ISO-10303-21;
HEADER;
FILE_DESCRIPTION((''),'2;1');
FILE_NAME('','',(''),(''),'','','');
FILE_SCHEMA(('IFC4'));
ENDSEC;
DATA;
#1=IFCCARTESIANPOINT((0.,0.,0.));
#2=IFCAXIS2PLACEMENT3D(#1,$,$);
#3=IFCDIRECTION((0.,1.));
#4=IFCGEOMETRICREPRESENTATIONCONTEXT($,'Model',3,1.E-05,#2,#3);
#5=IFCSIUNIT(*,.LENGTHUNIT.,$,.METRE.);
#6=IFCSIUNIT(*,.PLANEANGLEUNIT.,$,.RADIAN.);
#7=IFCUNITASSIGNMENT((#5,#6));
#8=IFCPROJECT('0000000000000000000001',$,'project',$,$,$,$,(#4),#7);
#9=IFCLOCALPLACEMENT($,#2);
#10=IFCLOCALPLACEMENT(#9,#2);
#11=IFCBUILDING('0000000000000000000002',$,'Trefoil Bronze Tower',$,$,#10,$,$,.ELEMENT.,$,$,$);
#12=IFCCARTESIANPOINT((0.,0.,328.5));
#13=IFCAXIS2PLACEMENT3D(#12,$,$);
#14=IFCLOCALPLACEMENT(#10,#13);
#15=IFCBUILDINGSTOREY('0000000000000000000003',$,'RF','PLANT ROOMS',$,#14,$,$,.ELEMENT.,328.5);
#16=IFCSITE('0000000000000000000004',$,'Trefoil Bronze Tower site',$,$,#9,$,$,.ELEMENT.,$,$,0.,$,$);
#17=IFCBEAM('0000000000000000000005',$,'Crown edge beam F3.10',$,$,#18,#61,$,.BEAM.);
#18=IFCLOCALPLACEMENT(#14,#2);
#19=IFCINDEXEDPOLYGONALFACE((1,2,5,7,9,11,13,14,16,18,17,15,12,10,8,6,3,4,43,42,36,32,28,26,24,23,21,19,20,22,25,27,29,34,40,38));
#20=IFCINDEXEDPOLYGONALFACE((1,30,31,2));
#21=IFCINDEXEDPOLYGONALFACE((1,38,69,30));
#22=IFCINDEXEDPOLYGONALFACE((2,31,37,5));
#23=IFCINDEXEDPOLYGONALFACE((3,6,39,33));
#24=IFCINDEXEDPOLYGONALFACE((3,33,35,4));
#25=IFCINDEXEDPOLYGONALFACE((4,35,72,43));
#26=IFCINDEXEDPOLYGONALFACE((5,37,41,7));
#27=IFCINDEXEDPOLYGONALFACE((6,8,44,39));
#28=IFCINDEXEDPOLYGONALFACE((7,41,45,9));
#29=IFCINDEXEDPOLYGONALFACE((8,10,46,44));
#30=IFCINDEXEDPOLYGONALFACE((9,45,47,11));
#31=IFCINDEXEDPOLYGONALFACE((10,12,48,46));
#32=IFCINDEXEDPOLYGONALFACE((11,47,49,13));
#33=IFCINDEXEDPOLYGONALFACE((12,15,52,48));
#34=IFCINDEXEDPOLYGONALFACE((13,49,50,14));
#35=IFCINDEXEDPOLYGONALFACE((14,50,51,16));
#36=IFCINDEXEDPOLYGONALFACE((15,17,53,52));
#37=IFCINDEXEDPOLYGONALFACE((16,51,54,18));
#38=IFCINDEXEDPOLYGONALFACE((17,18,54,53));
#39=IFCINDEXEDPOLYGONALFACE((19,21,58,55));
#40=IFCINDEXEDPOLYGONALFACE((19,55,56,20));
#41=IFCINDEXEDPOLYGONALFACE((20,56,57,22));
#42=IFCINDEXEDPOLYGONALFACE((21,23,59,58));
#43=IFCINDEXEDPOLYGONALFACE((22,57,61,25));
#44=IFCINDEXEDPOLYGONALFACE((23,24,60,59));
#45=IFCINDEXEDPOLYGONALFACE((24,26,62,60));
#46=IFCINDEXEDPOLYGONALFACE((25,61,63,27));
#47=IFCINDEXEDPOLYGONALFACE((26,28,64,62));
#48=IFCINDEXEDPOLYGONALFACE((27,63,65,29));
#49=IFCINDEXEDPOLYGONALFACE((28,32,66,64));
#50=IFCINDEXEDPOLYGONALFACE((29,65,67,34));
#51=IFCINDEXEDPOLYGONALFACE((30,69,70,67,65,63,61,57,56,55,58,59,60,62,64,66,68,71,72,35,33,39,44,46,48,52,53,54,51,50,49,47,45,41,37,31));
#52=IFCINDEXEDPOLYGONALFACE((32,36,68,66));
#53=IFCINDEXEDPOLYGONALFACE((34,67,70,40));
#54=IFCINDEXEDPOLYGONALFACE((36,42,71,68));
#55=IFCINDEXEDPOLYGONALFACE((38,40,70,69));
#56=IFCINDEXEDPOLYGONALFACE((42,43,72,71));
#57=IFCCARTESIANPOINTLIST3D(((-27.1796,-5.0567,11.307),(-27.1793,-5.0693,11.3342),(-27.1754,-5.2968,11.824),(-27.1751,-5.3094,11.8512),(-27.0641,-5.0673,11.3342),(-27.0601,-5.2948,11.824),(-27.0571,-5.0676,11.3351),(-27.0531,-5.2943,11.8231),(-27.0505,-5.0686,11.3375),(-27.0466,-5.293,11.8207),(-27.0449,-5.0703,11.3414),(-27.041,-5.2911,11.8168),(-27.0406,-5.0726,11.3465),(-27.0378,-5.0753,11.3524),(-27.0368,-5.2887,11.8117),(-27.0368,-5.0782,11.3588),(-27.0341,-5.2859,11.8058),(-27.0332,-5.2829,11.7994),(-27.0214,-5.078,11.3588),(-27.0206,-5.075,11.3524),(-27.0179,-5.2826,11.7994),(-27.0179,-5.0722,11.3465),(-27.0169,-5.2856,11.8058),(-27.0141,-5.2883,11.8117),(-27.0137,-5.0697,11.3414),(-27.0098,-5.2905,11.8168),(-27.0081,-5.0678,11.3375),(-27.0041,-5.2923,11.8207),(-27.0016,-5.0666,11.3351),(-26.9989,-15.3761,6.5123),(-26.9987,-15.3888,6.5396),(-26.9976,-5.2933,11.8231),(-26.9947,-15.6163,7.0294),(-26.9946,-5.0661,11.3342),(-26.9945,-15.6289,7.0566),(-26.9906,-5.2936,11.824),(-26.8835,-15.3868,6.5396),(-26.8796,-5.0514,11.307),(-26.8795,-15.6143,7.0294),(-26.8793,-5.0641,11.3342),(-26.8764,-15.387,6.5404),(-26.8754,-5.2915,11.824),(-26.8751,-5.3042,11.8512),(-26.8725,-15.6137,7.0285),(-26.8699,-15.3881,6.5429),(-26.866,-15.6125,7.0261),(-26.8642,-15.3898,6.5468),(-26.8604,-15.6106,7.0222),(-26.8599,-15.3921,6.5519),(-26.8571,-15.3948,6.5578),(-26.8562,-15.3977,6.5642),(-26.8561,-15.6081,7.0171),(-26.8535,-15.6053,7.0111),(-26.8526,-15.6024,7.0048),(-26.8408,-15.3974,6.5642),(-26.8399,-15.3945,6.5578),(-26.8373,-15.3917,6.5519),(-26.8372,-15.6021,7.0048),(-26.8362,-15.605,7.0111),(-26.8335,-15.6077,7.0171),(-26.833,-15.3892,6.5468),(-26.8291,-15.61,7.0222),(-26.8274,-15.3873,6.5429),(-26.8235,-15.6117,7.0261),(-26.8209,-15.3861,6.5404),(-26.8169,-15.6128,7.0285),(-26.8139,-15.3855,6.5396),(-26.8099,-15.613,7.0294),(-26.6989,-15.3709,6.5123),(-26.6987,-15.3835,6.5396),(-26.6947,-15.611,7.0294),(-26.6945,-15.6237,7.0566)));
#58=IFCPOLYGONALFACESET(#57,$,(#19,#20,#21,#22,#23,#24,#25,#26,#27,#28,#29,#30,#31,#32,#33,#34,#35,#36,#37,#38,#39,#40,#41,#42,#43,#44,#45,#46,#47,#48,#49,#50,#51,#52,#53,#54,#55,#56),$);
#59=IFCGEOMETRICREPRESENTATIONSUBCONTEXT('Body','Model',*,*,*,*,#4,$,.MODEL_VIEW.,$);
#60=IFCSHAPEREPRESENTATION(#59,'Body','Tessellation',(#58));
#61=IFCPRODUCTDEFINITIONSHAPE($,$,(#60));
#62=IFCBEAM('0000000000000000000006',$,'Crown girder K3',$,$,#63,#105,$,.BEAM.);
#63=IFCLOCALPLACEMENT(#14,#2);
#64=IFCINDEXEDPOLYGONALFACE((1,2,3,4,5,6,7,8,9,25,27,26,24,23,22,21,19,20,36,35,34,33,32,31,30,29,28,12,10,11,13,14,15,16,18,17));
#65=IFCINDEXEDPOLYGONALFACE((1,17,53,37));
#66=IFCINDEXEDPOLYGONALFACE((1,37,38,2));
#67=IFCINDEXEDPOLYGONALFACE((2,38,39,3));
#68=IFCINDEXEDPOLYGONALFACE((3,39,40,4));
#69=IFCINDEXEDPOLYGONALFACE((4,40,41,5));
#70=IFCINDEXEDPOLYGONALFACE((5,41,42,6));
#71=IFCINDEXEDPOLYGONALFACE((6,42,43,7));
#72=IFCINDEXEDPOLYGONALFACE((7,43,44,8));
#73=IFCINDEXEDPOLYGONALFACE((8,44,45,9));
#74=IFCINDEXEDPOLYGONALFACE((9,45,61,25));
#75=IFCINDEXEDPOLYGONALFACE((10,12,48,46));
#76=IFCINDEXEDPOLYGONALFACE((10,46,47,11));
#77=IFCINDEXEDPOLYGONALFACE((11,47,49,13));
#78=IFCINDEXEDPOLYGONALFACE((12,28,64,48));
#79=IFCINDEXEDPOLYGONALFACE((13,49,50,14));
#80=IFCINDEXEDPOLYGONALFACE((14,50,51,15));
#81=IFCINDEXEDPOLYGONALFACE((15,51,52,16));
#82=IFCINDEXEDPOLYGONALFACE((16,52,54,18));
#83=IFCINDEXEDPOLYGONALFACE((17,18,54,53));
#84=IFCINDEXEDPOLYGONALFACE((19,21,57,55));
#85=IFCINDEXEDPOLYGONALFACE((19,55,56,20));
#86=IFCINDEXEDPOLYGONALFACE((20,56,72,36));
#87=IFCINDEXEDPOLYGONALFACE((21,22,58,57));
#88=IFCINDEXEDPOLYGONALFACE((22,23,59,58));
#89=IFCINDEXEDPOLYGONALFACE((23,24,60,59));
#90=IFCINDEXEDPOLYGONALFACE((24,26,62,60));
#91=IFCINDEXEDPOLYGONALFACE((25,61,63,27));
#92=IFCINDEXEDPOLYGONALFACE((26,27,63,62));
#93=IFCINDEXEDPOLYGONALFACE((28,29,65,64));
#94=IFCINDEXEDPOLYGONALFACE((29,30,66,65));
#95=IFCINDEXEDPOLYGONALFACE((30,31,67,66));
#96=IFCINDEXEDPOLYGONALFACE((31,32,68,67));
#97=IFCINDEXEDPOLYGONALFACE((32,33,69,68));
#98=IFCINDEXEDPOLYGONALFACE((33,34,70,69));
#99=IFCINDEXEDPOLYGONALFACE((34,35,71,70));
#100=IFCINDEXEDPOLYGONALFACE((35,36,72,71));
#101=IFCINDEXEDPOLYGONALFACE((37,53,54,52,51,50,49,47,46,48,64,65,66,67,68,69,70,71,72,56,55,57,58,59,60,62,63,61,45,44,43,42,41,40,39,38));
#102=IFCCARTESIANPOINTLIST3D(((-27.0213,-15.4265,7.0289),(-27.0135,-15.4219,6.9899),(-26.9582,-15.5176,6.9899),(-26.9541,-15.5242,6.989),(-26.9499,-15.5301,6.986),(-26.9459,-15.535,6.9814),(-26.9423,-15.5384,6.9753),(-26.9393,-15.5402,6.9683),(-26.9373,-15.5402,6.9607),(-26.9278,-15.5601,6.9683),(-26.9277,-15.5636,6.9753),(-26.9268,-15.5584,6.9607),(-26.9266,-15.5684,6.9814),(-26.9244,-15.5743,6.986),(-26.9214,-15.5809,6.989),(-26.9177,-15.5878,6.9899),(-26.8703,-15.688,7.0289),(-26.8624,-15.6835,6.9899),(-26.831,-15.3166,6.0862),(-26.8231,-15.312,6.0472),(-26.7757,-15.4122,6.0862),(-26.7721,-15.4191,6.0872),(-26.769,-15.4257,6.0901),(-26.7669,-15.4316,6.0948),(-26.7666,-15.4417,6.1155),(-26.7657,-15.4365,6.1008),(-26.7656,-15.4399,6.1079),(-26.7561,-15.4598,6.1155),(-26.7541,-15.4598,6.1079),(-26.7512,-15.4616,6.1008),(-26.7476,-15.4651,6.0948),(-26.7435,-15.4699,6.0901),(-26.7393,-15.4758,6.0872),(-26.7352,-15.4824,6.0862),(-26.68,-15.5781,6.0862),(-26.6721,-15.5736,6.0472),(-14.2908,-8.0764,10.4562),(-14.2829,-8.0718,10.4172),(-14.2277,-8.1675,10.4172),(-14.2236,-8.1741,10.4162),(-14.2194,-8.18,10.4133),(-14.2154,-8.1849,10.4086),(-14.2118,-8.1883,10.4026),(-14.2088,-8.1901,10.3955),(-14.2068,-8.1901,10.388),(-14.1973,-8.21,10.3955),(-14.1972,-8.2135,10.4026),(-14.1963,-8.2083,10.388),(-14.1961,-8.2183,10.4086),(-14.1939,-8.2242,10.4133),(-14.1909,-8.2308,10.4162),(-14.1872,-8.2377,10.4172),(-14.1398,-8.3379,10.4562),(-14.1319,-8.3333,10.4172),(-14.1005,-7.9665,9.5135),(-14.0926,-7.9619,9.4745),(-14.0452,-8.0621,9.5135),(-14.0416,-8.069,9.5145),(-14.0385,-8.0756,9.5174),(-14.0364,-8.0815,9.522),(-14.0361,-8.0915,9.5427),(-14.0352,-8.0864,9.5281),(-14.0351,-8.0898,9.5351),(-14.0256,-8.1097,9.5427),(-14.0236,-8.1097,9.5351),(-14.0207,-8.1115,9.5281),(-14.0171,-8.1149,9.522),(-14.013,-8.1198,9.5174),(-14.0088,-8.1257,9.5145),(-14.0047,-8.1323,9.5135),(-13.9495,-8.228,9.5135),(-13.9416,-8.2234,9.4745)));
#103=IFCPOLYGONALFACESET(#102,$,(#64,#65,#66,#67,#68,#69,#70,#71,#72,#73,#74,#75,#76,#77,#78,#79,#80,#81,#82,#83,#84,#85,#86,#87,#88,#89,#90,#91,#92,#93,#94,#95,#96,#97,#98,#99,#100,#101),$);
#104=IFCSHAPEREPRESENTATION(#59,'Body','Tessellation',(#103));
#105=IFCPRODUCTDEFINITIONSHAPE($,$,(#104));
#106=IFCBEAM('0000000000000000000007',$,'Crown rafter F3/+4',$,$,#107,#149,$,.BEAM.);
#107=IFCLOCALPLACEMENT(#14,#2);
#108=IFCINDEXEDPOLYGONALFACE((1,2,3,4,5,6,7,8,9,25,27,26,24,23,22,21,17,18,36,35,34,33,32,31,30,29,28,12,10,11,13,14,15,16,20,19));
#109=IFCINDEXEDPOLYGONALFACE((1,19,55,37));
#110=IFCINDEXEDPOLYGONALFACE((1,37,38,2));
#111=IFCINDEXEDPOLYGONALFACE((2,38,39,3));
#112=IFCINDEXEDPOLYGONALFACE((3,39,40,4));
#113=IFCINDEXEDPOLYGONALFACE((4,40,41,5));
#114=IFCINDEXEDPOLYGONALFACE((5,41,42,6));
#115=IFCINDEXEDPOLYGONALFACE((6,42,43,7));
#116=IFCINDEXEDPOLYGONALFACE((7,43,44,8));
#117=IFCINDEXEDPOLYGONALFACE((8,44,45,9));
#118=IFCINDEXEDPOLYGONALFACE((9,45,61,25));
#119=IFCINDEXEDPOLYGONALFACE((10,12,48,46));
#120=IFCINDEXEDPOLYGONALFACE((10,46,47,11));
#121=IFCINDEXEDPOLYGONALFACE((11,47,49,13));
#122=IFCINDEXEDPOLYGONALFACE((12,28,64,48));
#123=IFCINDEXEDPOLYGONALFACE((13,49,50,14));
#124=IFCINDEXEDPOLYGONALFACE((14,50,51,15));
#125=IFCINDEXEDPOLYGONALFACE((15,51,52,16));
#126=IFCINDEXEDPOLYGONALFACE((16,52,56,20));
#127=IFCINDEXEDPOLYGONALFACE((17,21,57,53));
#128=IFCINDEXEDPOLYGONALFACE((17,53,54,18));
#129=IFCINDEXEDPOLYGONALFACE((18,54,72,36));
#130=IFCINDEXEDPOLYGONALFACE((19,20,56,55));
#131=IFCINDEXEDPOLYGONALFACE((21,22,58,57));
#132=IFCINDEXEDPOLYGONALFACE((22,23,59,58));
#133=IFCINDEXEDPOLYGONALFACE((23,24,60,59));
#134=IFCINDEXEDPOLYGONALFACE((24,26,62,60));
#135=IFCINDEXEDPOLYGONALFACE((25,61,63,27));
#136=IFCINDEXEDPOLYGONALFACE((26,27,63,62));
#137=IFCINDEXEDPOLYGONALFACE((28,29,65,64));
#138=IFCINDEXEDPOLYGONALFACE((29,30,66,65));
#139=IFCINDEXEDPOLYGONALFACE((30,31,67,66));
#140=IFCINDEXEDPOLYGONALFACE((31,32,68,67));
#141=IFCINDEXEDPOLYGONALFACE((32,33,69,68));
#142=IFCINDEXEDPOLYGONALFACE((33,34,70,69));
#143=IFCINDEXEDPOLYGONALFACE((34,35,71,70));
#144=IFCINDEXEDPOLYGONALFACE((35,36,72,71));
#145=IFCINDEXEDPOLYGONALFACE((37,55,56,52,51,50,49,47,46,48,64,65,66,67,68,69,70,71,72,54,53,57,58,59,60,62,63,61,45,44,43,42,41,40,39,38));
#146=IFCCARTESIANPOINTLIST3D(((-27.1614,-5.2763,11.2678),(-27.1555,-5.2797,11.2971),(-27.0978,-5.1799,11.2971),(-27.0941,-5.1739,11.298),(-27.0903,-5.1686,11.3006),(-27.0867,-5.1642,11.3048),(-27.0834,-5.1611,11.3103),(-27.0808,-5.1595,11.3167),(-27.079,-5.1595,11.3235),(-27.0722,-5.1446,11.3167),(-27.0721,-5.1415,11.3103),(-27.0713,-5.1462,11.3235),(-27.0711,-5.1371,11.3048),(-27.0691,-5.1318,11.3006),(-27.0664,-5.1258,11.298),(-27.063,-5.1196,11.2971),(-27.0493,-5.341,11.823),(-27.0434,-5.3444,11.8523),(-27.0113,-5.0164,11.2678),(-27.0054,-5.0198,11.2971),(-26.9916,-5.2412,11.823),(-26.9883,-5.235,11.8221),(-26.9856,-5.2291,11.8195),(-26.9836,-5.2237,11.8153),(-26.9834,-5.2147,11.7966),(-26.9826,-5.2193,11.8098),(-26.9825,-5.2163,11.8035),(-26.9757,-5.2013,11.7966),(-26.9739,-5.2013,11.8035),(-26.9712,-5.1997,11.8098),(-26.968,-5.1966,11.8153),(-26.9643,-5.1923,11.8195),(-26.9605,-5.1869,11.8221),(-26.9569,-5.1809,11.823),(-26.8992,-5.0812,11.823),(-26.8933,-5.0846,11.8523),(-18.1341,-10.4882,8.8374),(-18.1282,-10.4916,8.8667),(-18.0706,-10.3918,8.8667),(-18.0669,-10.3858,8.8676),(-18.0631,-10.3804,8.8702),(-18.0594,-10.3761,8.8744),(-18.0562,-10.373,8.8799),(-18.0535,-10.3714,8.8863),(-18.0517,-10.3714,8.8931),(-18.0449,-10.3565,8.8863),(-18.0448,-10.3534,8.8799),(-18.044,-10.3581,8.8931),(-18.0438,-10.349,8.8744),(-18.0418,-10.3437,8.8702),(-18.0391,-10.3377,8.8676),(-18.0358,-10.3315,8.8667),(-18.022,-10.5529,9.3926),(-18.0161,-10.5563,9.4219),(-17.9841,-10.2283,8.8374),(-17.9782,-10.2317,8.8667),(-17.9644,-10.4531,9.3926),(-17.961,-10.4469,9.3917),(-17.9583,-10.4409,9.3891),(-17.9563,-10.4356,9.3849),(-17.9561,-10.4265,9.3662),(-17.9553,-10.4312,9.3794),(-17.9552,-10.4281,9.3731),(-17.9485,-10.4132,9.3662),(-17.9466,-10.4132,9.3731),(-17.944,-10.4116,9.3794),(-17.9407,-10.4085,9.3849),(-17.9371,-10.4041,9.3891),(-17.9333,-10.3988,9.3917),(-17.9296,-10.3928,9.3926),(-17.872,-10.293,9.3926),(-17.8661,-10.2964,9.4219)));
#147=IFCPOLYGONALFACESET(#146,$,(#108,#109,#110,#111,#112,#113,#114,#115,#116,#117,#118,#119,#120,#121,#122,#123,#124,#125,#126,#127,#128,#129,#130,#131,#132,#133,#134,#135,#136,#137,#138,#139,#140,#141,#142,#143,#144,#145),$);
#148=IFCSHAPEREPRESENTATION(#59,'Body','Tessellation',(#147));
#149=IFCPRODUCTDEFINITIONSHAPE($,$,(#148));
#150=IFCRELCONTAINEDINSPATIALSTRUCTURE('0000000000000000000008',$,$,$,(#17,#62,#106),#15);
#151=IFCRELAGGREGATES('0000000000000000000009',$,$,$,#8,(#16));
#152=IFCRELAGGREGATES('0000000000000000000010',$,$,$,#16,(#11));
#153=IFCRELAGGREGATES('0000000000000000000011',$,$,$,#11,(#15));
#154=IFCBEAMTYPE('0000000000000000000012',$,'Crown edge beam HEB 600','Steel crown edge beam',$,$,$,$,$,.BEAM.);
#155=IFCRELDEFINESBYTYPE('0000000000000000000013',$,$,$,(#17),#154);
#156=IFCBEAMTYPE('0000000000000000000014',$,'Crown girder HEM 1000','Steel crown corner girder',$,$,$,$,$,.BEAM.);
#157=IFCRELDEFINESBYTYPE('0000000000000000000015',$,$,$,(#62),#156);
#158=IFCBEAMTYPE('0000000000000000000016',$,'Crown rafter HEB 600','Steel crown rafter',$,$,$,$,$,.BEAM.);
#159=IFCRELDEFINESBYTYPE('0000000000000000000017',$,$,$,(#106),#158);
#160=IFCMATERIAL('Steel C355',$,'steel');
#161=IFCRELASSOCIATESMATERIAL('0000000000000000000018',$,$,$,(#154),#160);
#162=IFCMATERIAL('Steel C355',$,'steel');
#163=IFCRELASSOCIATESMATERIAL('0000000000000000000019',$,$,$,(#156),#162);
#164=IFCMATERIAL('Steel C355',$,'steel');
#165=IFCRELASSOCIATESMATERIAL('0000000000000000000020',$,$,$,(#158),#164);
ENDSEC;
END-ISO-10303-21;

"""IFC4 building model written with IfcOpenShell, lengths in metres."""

from ifc_helpers import new_model, si_unit, direction, frame, origin, origin_2d, place, context, subcontext, project, spatial, i_section, extrude, material, material_profile, profile_set, type_object, element, save


model = new_model("IFC4")

# Units and contexts
model_context = context("Model", 3, precision=1e-05, world=origin(), true_north=direction((0.0, 1.0)))
body_context = subcontext(model_context, "Body", "Model", "MODEL_VIEW")
ifc_project = project(units=[si_unit("LENGTHUNIT", "METRE"), si_unit("PLANEANGLEUNIT", "RADIAN")], contexts=[model_context])

# Site, building, storey
site_placement = place(None, origin())
site = spatial("IfcSite", under=ifc_project, at=site_placement, Name="Trefoil Bronze Tower site", CompositionType="ELEMENT", RefElevation=0.0)
building_placement = place(site_placement, origin())
building = spatial("IfcBuilding", under=site, at=building_placement, Name="Trefoil Bronze Tower", CompositionType="ELEMENT")
storey_placement = place(building_placement, frame((0.0, 0.0, 328.5)))
storey = spatial("IfcBuildingStorey", under=building, at=storey_placement, Name="RF", Description="PLANT ROOMS", CompositionType="ELEMENT", Elevation=328.5)

# Beams
ifc_material_1 = material(Name="Steel C355", Category="steel")
ifc_material_profile_1 = material_profile(ifc_material_1, i_section(OverallWidth=0.3, OverallDepth=0.6001, WebThickness=0.0154, FlangeThickness=0.03, FilletRadius=0.0271, at=origin_2d()), Name="HEB 600")
ifc_profile_set_1 = profile_set([ifc_material_profile_1], Name="Steel C355")
beam_type_1 = type_object("IfcBeamType", Name="Crown edge beam HEB 600", Description="Steel crown edge beam", PredefinedType="BEAM", material=ifc_profile_set_1)
beam_1_placement = place(storey_placement, frame((-27.0273, -5.1804, 11.5791), z_axis=(0.015875, -0.906779, -0.421307), x_axis=(0.999847, 0.017504, 0.0)))
element("IfcBeam", 1, at=beam_1_placement, inside=storey, type_object=beam_type_1, Name="Crown edge beam F3.10", PredefinedType="BEAM", context=body_context, shape_type="SweptSolid", body=[
    extrude(i_section(OverallWidth=0.3, OverallDepth=0.6001, WebThickness=0.0154, FlangeThickness=0.03, FilletRadius=0.0271, at=origin_2d()), origin(), (0.0, 0.0, 1.0), 11.3804),
])
ifc_material_2 = material(Name="Steel C355", Category="steel")
ifc_material_profile_2 = material_profile(ifc_material_2, i_section(OverallWidth=0.302, OverallDepth=1.0081, WebThickness=0.021, FlangeThickness=0.04, FilletRadius=0.03, at=origin_2d()), Name="HEM 1000")
ifc_profile_set_2 = profile_set([ifc_material_profile_2], Name="Steel C355")
beam_type_2 = type_object("IfcBeamType", Name="Crown girder HEM 1000", Description="Steel crown corner girder", PredefinedType="BEAM", material=ifc_profile_set_2)
beam_2_placement = place(storey_placement, frame((-14.1162, -8.1499, 9.9653), z_axis=(-0.843402, -0.486949, -0.227057), x_axis=(0.500008, -0.866021, 0.0)))
element("IfcBeam", 2, at=beam_2_placement, inside=storey, type_object=beam_type_2, Name="Crown girder K3", PredefinedType="BEAM", context=body_context, shape_type="SweptSolid", body=[
    extrude(i_section(OverallWidth=0.302, OverallDepth=1.0081, WebThickness=0.021, FlangeThickness=0.04, FilletRadius=0.03, at=origin_2d()), origin(), (0.0, 0.0, 1.0), 15.0942),
])
ifc_material_3 = material(Name="Steel C355", Category="steel")
ifc_material_profile_3 = material_profile(ifc_material_3, i_section(OverallWidth=0.3, OverallDepth=0.6001, WebThickness=0.0154, FlangeThickness=0.03, FilletRadius=0.0271, at=origin_2d()), Name="HEB 600")
ifc_profile_set_3 = profile_set([ifc_material_profile_3], Name="Steel C355")
beam_type_3 = type_object("IfcBeamType", Name="Crown rafter HEB 600", Description="Steel crown rafter", PredefinedType="BEAM", material=ifc_profile_set_3)
beam_3_placement = place(storey_placement, frame((-27.0273, -5.1804, 11.5601), z_axis=(0.843405, -0.486938, -0.227069), x_axis=(0.499998, 0.866026, 0.0)))
element("IfcBeam", 3, at=beam_3_placement, inside=storey, type_object=beam_type_3, Name="Crown rafter F3/+4", PredefinedType="BEAM", context=body_context, shape_type="SweptSolid", body=[
    extrude(i_section(OverallWidth=0.3, OverallDepth=0.6001, WebThickness=0.0154, FlangeThickness=0.03, FilletRadius=0.0271, at=origin_2d()), origin(), (0.0, 0.0, 1.0), 10.7034),
])

save(model, "model.ifc")
